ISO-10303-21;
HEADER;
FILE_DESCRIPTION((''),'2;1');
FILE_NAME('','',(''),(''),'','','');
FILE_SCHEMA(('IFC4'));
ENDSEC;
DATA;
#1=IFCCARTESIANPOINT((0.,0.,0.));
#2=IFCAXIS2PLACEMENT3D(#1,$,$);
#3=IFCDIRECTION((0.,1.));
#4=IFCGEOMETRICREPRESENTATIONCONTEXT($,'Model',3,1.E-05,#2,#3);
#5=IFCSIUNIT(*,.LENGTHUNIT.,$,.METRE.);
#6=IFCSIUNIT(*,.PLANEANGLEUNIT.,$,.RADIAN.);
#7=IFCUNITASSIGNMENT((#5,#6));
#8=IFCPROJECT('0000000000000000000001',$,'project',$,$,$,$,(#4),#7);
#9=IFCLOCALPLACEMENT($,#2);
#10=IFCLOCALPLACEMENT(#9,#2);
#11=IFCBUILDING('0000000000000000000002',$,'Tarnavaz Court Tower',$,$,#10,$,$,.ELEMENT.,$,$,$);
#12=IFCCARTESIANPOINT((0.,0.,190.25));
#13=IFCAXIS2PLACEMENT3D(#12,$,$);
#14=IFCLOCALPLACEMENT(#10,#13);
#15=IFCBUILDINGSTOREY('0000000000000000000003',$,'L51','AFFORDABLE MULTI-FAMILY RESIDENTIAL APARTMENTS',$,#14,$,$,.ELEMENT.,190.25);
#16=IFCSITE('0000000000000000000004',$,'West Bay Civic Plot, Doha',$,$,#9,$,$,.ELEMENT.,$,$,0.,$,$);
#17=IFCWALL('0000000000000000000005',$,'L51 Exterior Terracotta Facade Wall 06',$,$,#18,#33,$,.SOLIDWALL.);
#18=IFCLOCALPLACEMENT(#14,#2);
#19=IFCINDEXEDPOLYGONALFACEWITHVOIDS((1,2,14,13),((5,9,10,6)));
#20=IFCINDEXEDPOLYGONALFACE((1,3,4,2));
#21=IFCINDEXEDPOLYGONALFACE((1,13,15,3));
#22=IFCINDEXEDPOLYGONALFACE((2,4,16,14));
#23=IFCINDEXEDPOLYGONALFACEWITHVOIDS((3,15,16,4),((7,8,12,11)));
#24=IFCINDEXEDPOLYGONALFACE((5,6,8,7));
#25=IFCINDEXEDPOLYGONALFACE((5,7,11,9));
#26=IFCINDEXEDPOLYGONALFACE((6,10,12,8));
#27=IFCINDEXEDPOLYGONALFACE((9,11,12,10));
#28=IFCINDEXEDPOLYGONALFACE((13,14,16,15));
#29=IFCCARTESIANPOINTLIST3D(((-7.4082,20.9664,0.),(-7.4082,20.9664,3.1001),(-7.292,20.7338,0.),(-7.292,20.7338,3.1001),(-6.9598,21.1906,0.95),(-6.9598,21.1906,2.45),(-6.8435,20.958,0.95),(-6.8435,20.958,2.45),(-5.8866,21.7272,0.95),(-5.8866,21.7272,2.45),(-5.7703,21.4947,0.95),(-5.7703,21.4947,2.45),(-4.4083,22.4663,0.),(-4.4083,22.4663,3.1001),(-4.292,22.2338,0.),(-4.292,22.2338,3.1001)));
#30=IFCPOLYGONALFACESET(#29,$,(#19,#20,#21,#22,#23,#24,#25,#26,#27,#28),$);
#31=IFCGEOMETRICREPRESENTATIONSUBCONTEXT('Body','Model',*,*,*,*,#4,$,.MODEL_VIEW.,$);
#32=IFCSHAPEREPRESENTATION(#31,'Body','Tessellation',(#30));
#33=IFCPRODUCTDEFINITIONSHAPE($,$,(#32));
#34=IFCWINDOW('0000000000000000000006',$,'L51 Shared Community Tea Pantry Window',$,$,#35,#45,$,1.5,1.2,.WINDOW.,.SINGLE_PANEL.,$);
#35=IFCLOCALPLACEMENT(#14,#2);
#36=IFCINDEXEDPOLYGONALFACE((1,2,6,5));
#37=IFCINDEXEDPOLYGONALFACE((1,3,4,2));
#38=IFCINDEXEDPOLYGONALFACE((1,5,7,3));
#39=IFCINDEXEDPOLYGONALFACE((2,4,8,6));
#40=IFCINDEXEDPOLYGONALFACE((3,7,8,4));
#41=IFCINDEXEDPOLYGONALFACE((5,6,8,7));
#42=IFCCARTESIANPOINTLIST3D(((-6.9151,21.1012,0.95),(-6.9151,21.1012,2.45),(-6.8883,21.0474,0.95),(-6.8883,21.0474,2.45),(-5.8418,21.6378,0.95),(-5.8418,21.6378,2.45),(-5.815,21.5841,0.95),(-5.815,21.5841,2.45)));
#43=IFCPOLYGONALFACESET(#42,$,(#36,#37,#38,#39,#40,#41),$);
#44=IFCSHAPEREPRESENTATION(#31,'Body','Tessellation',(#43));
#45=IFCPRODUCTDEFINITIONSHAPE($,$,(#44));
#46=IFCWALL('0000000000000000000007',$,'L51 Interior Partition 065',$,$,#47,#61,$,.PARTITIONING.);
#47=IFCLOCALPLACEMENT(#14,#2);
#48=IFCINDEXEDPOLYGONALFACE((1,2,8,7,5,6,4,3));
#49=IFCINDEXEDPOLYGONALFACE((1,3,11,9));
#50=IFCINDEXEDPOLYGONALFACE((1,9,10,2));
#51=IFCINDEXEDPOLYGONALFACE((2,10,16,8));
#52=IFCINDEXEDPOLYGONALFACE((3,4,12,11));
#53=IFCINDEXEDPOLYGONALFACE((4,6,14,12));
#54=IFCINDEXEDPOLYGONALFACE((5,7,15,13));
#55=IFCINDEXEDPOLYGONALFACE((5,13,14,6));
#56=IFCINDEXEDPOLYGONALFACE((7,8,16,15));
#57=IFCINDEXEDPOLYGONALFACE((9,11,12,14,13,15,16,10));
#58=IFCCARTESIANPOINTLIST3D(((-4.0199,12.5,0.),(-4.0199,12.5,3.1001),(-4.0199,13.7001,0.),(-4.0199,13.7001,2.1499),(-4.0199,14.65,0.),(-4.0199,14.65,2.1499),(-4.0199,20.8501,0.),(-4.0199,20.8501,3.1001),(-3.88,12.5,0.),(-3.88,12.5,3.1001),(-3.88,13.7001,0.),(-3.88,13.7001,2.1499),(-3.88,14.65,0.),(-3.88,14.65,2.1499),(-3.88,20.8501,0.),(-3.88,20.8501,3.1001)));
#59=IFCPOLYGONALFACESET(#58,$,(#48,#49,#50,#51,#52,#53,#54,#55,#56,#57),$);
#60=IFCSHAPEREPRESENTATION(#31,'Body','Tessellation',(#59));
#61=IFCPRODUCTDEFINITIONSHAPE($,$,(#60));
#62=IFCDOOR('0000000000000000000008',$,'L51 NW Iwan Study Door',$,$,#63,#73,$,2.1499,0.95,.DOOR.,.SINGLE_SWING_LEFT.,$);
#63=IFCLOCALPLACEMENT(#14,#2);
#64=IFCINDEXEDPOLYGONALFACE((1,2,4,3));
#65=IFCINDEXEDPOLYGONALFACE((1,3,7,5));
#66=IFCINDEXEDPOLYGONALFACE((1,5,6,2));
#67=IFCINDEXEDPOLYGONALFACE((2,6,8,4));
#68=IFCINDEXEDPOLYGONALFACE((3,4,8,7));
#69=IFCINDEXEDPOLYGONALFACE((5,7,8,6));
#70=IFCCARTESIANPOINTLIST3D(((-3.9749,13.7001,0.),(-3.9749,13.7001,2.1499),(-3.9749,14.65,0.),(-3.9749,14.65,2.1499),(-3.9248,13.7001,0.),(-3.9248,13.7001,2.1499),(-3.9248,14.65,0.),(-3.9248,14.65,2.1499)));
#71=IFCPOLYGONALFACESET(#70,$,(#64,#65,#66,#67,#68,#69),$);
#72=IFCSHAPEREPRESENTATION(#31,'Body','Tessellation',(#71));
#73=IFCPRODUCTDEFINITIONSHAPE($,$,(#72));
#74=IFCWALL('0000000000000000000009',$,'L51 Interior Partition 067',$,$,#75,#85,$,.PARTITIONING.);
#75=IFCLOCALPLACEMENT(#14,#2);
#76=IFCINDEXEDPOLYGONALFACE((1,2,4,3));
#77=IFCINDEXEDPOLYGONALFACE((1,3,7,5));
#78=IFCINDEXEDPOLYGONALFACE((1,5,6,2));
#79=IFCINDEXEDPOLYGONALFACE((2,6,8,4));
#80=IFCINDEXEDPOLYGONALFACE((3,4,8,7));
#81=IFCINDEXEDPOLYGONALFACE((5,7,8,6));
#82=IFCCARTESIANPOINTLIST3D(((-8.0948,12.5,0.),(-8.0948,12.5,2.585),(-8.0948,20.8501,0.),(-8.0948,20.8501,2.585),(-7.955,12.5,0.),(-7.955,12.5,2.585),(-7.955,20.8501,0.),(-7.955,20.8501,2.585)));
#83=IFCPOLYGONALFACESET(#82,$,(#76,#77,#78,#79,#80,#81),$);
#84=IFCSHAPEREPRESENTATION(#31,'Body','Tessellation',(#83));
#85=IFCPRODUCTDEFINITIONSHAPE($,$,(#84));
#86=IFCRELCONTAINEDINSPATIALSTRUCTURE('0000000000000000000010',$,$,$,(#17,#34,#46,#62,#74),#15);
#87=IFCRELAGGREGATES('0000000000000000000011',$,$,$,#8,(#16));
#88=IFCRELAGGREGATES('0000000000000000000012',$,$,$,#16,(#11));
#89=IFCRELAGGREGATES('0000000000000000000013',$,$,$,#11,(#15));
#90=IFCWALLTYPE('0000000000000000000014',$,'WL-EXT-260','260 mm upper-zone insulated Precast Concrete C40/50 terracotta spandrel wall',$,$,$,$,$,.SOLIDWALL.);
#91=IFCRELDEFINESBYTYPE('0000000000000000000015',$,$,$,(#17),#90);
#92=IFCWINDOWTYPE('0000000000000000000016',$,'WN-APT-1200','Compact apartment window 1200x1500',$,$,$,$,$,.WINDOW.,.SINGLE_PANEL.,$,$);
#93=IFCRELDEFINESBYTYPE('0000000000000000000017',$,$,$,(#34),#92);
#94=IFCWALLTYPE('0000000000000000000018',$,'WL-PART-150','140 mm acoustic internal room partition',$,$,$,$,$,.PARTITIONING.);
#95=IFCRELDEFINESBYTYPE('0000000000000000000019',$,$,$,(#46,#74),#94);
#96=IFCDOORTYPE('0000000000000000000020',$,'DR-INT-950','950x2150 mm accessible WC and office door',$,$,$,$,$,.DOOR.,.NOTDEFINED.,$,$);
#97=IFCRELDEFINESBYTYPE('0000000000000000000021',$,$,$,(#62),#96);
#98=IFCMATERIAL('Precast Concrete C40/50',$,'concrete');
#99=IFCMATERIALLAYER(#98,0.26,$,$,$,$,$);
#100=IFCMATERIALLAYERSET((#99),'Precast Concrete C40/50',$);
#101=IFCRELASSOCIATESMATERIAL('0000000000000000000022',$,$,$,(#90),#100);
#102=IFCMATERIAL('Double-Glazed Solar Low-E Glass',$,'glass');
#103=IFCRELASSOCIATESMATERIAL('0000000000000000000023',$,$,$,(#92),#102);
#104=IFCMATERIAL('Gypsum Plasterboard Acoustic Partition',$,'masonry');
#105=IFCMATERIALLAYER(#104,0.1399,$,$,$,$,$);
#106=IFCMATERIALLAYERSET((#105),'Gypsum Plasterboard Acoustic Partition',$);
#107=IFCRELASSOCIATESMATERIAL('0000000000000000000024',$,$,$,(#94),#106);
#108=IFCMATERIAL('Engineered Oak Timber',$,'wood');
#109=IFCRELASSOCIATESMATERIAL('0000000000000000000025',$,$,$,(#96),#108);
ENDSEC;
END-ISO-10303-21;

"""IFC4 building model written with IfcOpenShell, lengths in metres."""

from ifc_helpers import new_model, si_unit, direction, frame, frame_2d, origin, place, context, subcontext, project, spatial, rectangle, extrude, material, layer, layer_set, type_object, element, fill, save


model = new_model("IFC4")

# Units and contexts
model_context = context("Model", 3, precision=1e-05, world=origin(), true_north=direction((0.0, 1.0)))
body_context = subcontext(model_context, "Body", "Model", "MODEL_VIEW")
ifc_project = project(units=[si_unit("LENGTHUNIT", "METRE"), si_unit("PLANEANGLEUNIT", "RADIAN")], contexts=[model_context])

# Site, building, storey
site_placement = place(None, origin())
site = spatial("IfcSite", under=ifc_project, at=site_placement, Name="West Bay Civic Plot, Doha", CompositionType="ELEMENT", RefElevation=0.0)
building_placement = place(site_placement, origin())
building = spatial("IfcBuilding", under=site, at=building_placement, Name="Tarnavaz Court Tower", CompositionType="ELEMENT")
storey_placement = place(building_placement, frame((0.0, 0.0, 190.25)))
storey = spatial("IfcBuildingStorey", under=building, at=storey_placement, Name="L51", Description="AFFORDABLE MULTI-FAMILY RESIDENTIAL APARTMENTS", CompositionType="ELEMENT", Elevation=190.25)

# Shared definitions
ifc_material_1 = material(Name="Double-Glazed Solar Low-E Glass", Category="glass")

# Wall, opening, window
ifc_material_2 = material(Name="Precast Concrete C40/50", Category="concrete")
ifc_layer_1 = layer(ifc_material_2, 0.26)
ifc_layer_set_1 = layer_set([ifc_layer_1], Name="Precast Concrete C40/50")
wall_type_1 = type_object("IfcWallType", Name="WL-EXT-260", Description="260 mm upper-zone insulated Precast Concrete C40/50 terracotta spandrel wall", PredefinedType="SOLIDWALL", material=ifc_layer_set_1)
wall_1_placement = place(storey_placement, frame((-7.3501, 20.8501, 0.0), z_axis=(0.0, 0.0, 1.0), x_axis=(0.894427, 0.447214, 0.0)))
wall_1 = element("IfcWall", 1, at=wall_1_placement, inside=storey, type_object=wall_type_1, Name="L51 Exterior Terracotta Facade Wall 06", PredefinedType="SOLIDWALL", context=body_context, shape_type="SweptSolid", body=[
    extrude(rectangle(XDim=3.354, YDim=0.26, at=frame_2d((1.677, 0.0))), origin(), (0.0, 0.0, 1.0), 3.1001),
])
opening_1_placement = place(wall_1_placement, frame((0.5012, 0.0, 0.95)))
opening_1 = element("IfcOpeningElement", 2, at=opening_1_placement, cuts=wall_1, PredefinedType="OPENING", context=body_context, shape_type="SweptSolid", body=[
    extrude(rectangle(XDim=1.2, YDim=1.5, at=frame_2d((0.6001, 0.75))), frame((0.0, 0.1399, 0.0), z_axis=(0.0, -1.0, 0.0), x_axis=(1.0, 0.0, 0.0)), (0.0, 0.0, 1.0), 0.28),
])
window_type = type_object("IfcWindowType", Name="WN-APT-1200", Description="Compact apartment window 1200x1500", PartitioningType="SINGLE_PANEL", PredefinedType="WINDOW", material=ifc_material_1)
window_placement = place(opening_1_placement, origin())
window = element("IfcWindow", 3, at=window_placement, inside=storey, type_object=window_type, Name="L51 Shared Community Tea Pantry Window", OverallHeight=1.5, OverallWidth=1.2, PartitioningType="SINGLE_PANEL", PredefinedType="WINDOW", context=body_context, shape_type="SweptSolid", body=[
    extrude(rectangle(XDim=1.2, YDim=1.5, at=frame_2d((0.6001, 0.75))), frame((0.0, 0.03, 0.0), z_axis=(0.0, -1.0, 0.0), x_axis=(1.0, 0.0, 0.0)), (0.0, 0.0, 1.0), 0.0601),
])
fill(opening_1, window)

# Wall, opening, door
ifc_material_3 = material(Name="Gypsum Plasterboard Acoustic Partition", Category="masonry")
ifc_layer_2 = layer(ifc_material_3, 0.1399)
ifc_layer_set_2 = layer_set([ifc_layer_2], Name="Gypsum Plasterboard Acoustic Partition")
wall_type_2 = type_object("IfcWallType", Name="WL-PART-150", Description="140 mm acoustic internal room partition", PredefinedType="PARTITIONING", material=ifc_layer_set_2)
wall_2_placement = place(storey_placement, frame((-3.95, 12.5, 0.0), z_axis=(0.0, 0.0, 1.0), x_axis=(0.0, 1.0, 0.0)))
wall_2 = element("IfcWall", 4, at=wall_2_placement, inside=storey, type_object=wall_type_2, Name="L51 Interior Partition 065", PredefinedType="PARTITIONING", context=body_context, shape_type="SweptSolid", body=[
    extrude(rectangle(XDim=8.3501, YDim=0.1399, at=frame_2d((4.175, 0.0))), origin(), (0.0, 0.0, 1.0), 3.1001),
])
opening_2_placement = place(wall_2_placement, frame((1.2, 0.0, 0.0)))
opening_2 = element("IfcOpeningElement", 5, at=opening_2_placement, cuts=wall_2, PredefinedType="OPENING", context=body_context, shape_type="SweptSolid", body=[
    extrude(rectangle(XDim=0.95, YDim=2.1499, at=frame_2d((0.4751, 1.075))), frame((0.0, 0.0798, 0.0), z_axis=(0.0, -1.0, 0.0), x_axis=(1.0, 0.0, 0.0)), (0.0, 0.0, 1.0), 0.1599),
])
ifc_material_4 = material(Name="Engineered Oak Timber", Category="wood")
door_type = type_object("IfcDoorType", Name="DR-INT-950", Description="950x2150 mm accessible WC and office door", OperationType="NOTDEFINED", PredefinedType="DOOR", material=ifc_material_4)
door_placement = place(opening_2_placement, origin())
door = element("IfcDoor", 6, at=door_placement, inside=storey, type_object=door_type, Name="L51 NW Iwan Study Door", OperationType="SINGLE_SWING_LEFT", OverallHeight=2.1499, OverallWidth=0.95, PredefinedType="DOOR", context=body_context, shape_type="SweptSolid", body=[
    extrude(rectangle(XDim=0.95, YDim=2.1499, at=frame_2d((0.4751, 1.075))), frame((0.0, 0.0249, 0.0), z_axis=(0.0, -1.0, 0.0), x_axis=(1.0, 0.0, 0.0)), (0.0, 0.0, 1.0), 0.05),
])
fill(opening_2, door)

# Wall
wall_3_placement = place(storey_placement, frame((-8.0249, 12.5, 0.0), z_axis=(0.0, 0.0, 1.0), x_axis=(0.0, 1.0, 0.0)))
element("IfcWall", 7, at=wall_3_placement, inside=storey, type_object=wall_type_2, Name="L51 Interior Partition 067", PredefinedType="PARTITIONING", context=body_context, shape_type="SweptSolid", body=[
    extrude(rectangle(XDim=8.3501, YDim=0.1399, at=frame_2d((4.175, 0.0))), origin(), (0.0, 0.0, 1.0), 2.585),
])

save(model, "model.ifc")
